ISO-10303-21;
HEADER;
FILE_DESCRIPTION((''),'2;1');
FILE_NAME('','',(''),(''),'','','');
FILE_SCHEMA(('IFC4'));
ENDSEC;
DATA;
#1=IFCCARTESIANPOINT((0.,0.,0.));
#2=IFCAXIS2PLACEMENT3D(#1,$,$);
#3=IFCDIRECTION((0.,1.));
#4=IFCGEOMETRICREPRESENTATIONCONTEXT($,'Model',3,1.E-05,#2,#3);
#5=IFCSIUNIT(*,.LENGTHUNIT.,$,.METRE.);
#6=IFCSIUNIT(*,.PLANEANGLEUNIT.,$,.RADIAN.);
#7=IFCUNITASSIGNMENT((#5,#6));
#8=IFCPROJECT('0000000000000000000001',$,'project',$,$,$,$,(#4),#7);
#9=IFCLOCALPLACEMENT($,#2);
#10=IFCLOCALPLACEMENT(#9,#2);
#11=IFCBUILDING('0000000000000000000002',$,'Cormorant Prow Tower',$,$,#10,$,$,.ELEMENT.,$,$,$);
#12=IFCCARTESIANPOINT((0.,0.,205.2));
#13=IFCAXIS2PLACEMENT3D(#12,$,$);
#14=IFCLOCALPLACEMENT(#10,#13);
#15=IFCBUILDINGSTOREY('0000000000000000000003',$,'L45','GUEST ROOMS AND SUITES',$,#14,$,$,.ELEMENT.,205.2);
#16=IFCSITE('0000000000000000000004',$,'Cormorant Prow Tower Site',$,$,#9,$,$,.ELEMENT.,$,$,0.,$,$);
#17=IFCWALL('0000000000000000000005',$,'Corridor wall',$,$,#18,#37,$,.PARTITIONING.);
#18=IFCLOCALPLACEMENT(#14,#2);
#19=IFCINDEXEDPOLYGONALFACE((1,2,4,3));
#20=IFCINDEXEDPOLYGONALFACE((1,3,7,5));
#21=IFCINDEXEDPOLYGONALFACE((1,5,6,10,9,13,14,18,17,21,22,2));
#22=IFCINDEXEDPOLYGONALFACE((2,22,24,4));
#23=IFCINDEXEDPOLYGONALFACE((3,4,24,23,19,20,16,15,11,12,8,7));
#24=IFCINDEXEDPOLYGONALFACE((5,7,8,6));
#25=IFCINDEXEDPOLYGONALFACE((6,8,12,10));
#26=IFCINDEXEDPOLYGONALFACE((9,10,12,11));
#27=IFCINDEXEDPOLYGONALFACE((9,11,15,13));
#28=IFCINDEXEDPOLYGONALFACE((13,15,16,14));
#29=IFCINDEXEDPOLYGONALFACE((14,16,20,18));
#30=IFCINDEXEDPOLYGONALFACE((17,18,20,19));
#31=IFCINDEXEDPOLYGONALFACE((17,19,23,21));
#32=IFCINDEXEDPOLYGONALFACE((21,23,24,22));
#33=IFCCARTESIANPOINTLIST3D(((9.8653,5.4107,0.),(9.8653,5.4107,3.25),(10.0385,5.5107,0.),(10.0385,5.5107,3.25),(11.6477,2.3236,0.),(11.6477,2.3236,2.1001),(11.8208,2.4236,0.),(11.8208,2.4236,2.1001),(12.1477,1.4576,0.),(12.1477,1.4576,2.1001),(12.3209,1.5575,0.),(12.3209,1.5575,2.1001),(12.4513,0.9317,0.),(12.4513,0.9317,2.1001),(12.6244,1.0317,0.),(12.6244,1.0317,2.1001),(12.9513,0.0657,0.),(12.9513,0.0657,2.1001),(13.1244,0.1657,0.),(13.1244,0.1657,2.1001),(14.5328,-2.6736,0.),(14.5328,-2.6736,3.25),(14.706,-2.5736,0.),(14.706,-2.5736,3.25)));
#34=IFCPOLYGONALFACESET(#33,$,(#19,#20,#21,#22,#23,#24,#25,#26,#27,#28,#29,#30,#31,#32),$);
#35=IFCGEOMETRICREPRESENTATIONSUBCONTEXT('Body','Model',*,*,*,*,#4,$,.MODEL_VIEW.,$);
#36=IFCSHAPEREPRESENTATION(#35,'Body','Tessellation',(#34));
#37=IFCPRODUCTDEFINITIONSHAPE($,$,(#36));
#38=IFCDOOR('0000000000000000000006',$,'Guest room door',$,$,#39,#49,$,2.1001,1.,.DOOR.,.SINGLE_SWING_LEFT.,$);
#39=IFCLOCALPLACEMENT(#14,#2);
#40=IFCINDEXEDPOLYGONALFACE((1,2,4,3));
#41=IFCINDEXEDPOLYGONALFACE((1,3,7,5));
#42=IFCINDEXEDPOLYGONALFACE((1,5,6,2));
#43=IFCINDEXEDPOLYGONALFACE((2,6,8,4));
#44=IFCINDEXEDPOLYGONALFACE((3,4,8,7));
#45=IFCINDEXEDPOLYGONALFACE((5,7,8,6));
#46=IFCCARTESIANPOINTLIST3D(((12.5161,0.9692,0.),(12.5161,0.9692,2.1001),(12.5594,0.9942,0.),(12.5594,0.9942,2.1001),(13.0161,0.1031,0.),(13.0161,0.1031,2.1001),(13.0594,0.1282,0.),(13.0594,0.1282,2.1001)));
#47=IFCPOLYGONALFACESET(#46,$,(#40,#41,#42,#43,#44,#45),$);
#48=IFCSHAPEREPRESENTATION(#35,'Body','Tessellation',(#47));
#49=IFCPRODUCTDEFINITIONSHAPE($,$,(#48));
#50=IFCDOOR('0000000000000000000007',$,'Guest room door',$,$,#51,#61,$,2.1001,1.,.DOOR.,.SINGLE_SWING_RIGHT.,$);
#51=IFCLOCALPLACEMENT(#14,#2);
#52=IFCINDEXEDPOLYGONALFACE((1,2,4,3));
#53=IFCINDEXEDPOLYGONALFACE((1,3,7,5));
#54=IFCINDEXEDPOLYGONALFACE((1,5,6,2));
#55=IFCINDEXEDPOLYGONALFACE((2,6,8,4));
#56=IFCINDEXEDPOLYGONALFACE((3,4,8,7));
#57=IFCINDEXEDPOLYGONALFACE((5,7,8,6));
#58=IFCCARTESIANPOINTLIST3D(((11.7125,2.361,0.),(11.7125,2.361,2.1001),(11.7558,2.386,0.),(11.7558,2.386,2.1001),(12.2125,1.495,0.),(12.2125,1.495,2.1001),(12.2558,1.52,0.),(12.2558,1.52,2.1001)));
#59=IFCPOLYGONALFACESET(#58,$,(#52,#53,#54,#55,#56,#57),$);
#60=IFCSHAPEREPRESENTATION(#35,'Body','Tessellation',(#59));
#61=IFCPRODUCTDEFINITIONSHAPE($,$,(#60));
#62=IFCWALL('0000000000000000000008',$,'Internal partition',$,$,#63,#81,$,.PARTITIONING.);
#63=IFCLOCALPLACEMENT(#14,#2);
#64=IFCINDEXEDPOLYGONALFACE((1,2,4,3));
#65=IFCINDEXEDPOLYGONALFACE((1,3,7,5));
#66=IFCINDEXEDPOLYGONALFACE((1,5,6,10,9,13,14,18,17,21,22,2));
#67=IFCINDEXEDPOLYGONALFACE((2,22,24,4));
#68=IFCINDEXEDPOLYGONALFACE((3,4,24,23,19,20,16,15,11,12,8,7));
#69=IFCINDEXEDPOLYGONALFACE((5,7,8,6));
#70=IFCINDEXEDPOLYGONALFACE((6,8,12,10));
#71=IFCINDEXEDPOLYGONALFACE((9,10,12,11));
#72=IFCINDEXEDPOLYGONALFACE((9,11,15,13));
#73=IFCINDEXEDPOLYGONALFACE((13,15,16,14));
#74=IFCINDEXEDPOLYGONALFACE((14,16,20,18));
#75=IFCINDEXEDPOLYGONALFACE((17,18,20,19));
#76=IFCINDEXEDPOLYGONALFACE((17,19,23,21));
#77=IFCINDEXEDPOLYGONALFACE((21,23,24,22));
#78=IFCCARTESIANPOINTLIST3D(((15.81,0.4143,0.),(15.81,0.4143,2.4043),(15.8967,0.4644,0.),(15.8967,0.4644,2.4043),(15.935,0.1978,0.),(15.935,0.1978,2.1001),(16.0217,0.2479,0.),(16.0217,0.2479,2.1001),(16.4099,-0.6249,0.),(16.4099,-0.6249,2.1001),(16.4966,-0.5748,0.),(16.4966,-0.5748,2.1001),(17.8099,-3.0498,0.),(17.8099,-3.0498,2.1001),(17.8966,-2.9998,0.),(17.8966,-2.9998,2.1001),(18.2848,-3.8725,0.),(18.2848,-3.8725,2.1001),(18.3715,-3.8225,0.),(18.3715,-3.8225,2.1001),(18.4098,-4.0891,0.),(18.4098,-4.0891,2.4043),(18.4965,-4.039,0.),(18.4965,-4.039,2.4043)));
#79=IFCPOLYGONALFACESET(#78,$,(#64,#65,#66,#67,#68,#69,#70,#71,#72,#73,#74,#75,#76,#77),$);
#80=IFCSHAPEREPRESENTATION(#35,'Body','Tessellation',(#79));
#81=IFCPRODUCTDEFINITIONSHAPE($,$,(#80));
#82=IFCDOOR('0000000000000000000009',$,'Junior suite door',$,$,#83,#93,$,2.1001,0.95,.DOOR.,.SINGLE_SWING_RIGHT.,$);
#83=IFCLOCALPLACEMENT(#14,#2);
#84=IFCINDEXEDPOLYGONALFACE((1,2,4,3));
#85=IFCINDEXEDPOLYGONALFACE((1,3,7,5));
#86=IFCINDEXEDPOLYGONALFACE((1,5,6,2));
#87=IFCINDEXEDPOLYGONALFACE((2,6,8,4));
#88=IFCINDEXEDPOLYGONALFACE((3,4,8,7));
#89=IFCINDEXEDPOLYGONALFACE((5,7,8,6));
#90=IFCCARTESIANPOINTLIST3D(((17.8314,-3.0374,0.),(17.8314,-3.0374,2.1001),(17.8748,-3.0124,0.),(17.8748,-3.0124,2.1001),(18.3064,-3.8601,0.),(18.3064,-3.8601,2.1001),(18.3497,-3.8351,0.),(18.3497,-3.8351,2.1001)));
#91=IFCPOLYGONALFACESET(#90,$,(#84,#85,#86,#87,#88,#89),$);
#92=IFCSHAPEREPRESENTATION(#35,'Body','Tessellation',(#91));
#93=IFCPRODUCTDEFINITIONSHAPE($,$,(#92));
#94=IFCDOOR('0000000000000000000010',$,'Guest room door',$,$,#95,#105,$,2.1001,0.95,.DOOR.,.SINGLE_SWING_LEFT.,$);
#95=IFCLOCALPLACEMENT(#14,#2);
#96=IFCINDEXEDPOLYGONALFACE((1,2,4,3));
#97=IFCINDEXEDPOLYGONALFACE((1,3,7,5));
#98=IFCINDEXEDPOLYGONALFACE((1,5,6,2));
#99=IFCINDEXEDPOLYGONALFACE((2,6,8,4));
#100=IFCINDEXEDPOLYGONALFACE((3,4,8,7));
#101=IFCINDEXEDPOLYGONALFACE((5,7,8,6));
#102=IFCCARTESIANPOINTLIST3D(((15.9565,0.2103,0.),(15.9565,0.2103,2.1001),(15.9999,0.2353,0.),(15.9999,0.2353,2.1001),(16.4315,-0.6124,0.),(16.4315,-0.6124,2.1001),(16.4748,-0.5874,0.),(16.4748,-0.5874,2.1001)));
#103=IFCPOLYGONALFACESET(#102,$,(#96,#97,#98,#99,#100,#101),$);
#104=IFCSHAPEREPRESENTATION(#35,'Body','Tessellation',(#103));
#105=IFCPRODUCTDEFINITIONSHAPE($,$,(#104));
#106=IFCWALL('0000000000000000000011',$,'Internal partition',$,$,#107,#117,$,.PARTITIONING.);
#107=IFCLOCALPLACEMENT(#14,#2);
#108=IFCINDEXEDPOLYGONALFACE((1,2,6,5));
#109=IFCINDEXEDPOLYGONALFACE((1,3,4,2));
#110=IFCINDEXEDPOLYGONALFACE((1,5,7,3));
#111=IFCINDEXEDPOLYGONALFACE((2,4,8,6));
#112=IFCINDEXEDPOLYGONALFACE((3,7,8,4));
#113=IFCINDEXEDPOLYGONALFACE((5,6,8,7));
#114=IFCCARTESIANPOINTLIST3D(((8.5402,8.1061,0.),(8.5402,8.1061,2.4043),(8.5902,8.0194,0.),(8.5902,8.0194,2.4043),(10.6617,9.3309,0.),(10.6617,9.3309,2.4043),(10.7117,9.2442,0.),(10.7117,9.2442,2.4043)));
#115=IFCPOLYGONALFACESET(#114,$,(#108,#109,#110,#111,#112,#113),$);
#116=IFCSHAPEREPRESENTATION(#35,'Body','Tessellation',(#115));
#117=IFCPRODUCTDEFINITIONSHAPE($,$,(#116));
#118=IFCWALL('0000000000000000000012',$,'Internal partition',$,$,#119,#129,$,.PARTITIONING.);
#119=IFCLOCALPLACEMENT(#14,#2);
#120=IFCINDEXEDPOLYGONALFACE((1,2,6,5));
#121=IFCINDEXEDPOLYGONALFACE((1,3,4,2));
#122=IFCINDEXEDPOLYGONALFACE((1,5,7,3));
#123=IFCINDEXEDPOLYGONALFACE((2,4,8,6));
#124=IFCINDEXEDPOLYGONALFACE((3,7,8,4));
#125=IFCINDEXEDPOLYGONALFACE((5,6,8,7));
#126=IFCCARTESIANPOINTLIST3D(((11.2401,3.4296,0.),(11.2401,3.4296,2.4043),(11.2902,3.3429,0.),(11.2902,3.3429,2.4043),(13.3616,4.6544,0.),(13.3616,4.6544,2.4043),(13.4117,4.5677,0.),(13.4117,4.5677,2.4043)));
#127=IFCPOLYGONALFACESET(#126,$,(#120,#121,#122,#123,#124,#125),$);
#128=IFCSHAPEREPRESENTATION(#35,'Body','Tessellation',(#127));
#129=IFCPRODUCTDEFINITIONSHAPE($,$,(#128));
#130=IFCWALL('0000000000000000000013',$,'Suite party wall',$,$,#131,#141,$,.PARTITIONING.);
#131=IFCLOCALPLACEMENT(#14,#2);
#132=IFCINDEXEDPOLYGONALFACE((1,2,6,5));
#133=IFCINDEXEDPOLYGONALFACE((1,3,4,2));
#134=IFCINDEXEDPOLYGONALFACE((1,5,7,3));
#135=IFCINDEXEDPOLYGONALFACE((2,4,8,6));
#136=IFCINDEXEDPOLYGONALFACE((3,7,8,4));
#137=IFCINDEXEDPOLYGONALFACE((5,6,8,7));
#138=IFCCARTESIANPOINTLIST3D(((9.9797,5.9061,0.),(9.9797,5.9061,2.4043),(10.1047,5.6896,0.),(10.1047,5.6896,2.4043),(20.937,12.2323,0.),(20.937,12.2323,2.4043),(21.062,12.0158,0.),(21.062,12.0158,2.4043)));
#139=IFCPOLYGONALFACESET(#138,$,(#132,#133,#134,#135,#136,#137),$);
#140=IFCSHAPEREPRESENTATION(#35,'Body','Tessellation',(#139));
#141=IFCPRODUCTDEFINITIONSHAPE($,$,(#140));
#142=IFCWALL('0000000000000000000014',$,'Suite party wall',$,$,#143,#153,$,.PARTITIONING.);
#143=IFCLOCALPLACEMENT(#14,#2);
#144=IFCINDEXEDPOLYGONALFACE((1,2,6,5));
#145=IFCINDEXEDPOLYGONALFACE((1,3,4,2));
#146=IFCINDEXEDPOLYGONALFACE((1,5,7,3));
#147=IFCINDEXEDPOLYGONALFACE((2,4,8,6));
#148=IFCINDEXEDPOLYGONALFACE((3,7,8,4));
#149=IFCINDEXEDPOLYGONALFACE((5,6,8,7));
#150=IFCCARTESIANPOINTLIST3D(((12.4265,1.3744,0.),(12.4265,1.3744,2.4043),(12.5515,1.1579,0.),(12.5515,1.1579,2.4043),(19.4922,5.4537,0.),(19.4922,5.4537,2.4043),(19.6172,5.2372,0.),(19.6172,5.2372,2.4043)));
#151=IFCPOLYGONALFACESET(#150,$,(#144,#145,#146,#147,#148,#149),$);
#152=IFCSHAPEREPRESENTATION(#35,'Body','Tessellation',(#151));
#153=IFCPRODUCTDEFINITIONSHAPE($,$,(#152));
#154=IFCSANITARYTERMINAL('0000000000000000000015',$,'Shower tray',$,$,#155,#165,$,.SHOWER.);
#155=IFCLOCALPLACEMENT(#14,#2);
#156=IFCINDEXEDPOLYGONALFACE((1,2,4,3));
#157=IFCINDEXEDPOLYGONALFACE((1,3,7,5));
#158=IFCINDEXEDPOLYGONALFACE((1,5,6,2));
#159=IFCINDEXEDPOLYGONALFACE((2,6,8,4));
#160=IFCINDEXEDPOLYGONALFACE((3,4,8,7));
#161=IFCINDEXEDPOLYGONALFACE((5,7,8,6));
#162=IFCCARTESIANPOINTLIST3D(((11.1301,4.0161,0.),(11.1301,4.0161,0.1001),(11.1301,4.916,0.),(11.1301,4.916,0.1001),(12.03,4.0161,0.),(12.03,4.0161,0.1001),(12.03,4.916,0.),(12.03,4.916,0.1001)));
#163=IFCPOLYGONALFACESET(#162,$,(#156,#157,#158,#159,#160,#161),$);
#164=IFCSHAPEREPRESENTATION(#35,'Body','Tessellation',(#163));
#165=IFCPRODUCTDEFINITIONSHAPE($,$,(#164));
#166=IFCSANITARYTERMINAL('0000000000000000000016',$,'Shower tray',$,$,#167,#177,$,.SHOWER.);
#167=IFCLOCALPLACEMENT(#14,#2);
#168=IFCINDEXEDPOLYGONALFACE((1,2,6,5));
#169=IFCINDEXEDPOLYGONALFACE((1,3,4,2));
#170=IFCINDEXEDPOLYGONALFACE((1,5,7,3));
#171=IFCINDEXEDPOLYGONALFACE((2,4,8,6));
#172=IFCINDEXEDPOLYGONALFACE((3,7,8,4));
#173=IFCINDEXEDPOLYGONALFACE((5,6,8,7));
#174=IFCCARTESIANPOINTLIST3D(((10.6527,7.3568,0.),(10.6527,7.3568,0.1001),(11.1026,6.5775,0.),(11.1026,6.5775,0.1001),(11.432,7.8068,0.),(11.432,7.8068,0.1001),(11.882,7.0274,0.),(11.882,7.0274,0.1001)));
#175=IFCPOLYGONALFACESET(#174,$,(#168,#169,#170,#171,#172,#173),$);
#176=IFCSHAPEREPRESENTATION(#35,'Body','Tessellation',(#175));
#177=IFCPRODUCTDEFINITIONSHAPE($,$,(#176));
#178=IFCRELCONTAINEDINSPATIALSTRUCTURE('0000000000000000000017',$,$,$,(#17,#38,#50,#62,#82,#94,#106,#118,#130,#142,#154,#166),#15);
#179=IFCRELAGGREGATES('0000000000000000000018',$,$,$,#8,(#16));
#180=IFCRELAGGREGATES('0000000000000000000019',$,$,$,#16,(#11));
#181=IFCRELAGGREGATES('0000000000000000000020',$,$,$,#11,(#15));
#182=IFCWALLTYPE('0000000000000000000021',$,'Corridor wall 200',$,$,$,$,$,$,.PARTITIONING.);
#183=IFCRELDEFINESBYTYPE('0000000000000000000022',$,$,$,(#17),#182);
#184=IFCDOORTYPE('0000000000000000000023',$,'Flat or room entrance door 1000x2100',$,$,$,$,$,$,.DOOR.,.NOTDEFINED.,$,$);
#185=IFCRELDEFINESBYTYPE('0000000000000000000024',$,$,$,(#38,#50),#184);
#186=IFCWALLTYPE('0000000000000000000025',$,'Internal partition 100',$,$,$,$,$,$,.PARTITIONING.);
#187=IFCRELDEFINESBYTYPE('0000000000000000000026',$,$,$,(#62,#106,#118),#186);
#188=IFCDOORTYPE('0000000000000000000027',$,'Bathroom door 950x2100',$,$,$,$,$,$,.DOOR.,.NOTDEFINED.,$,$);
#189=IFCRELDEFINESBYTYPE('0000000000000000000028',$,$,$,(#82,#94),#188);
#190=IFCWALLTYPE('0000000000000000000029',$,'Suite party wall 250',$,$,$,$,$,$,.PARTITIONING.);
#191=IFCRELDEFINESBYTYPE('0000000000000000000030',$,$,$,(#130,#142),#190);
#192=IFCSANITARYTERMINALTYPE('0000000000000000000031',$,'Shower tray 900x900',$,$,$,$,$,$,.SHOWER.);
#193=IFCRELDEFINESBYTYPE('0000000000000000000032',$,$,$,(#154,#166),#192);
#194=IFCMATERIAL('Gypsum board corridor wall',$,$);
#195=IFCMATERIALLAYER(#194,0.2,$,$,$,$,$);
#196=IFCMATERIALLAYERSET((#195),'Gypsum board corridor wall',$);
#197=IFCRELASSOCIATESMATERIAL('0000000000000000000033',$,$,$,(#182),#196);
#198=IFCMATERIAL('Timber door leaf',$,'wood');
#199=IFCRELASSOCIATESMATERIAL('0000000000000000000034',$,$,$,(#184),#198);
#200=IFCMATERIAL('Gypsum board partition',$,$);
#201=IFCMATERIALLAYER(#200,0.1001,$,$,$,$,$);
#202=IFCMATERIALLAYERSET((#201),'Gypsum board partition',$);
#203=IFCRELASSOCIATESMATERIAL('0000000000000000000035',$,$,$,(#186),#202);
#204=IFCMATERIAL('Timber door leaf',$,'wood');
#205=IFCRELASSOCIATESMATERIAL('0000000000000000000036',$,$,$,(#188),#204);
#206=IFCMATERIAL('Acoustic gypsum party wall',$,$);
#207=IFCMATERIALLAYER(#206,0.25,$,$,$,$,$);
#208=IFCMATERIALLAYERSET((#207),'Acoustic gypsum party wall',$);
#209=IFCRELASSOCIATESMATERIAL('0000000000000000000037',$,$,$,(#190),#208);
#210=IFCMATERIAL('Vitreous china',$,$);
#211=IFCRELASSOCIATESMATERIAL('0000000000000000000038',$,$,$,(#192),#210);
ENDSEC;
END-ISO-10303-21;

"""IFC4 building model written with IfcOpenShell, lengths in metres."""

from ifc_helpers import new_model, si_unit, direction, frame, frame_2d, origin, origin_2d, place, context, subcontext, project, spatial, rectangle, extrude, material, layer, layer_set, type_object, element, fill, save


model = new_model("IFC4")

# Units and contexts
model_context = context("Model", 3, precision=1e-05, world=origin(), true_north=direction((0.0, 1.0)))
body_context = subcontext(model_context, "Body", "Model", "MODEL_VIEW")
ifc_project = project(units=[si_unit("LENGTHUNIT", "METRE"), si_unit("PLANEANGLEUNIT", "RADIAN")], contexts=[model_context])

# Site, building, storey
site_placement = place(None, origin())
site = spatial("IfcSite", under=ifc_project, at=site_placement, Name="Cormorant Prow Tower Site", CompositionType="ELEMENT", RefElevation=0.0)
building_placement = place(site_placement, origin())
building = spatial("IfcBuilding", under=site, at=building_placement, Name="Cormorant Prow Tower", CompositionType="ELEMENT")
storey_placement = place(building_placement, frame((0.0, 0.0, 205.2)))
storey = spatial("IfcBuildingStorey", under=building, at=storey_placement, Name="L45", Description="GUEST ROOMS AND SUITES", CompositionType="ELEMENT", Elevation=205.2)

# Walls, openings, doors
ifc_material_1 = material(Name="Gypsum board corridor wall")
ifc_layer_1 = layer(ifc_material_1, 0.2)
ifc_layer_set_1 = layer_set([ifc_layer_1], Name="Gypsum board corridor wall")
wall_type_1 = type_object("IfcWallType", Name="Corridor wall 200", PredefinedType="PARTITIONING", material=ifc_layer_set_1)
wall_1_placement = place(storey_placement, frame((9.9519, 5.4607, 0.0), z_axis=(0.0, 0.0, 1.0), x_axis=(0.500004, -0.866023, 0.0)))
wall_1 = element("IfcWall", 1, at=wall_1_placement, inside=storey, type_object=wall_type_1, Name="Corridor wall", PredefinedType="PARTITIONING", context=body_context, shape_type="SweptSolid", body=[
    extrude(rectangle(XDim=9.335, YDim=0.2, at=frame_2d((4.6675, 0.0))), origin(), (0.0, 0.0, 1.0), 3.25),
])
opening_1_placement = place(wall_1_placement, frame((5.1719, 0.0, 0.0)))
opening_1 = element("IfcOpeningElement", 2, at=opening_1_placement, cuts=wall_1, PredefinedType="OPENING", context=body_context, shape_type="SweptSolid", body=[
    extrude(rectangle(XDim=1.0, YDim=2.1001, at=frame_2d((0.5, 1.05))), frame((0.0, 0.1099, 0.0), z_axis=(0.0, -1.0, 0.0), x_axis=(1.0, 0.0, 0.0)), (0.0, 0.0, 1.0), 0.22),
])
opening_2_placement = place(wall_1_placement, frame((3.5647, 0.0, 0.0)))
opening_2 = element("IfcOpeningElement", 3, at=opening_2_placement, cuts=wall_1, PredefinedType="OPENING", context=body_context, shape_type="SweptSolid", body=[
    extrude(rectangle(XDim=1.0, YDim=2.1001, at=frame_2d((0.5, 1.05))), frame((0.0, 0.1099, 0.0), z_axis=(0.0, -1.0, 0.0), x_axis=(1.0, 0.0, 0.0)), (0.0, 0.0, 1.0), 0.22),
])
ifc_material_2 = material(Name="Timber door leaf", Category="wood")
door_type_1 = type_object("IfcDoorType", Name="Flat or room entrance door 1000x2100", OperationType="NOTDEFINED", PredefinedType="DOOR", material=ifc_material_2)
door_1_placement = place(opening_1_placement, origin())
door_1 = element("IfcDoor", 4, at=door_1_placement, inside=storey, type_object=door_type_1, Name="Guest room door", OperationType="SINGLE_SWING_LEFT", OverallHeight=2.1001, OverallWidth=1.0, PredefinedType="DOOR", context=body_context, shape_type="SweptSolid", body=[
    extrude(rectangle(XDim=1.0, YDim=2.1001, at=frame_2d((0.5, 1.05))), frame((0.0, 0.0249, 0.0), z_axis=(0.0, -1.0, 0.0), x_axis=(1.0, 0.0, 0.0)), (0.0, 0.0, 1.0), 0.05),
])
fill(opening_1, door_1)
door_2_placement = place(opening_2_placement, origin())
door_2 = element("IfcDoor", 5, at=door_2_placement, inside=storey, type_object=door_type_1, Name="Guest room door", OperationType="SINGLE_SWING_RIGHT", OverallHeight=2.1001, OverallWidth=1.0, PredefinedType="DOOR", context=body_context, shape_type="SweptSolid", body=[
    extrude(rectangle(XDim=1.0, YDim=2.1001, at=frame_2d((0.5, 1.05))), frame((0.0, 0.0249, 0.0), z_axis=(0.0, -1.0, 0.0), x_axis=(1.0, 0.0, 0.0)), (0.0, 0.0, 1.0), 0.05),
])
fill(opening_2, door_2)
ifc_material_3 = material(Name="Gypsum board partition")
ifc_layer_2 = layer(ifc_material_3, 0.1001)
ifc_layer_set_2 = layer_set([ifc_layer_2], Name="Gypsum board partition")
wall_type_2 = type_object("IfcWallType", Name="Internal partition 100", PredefinedType="PARTITIONING", material=ifc_layer_set_2)
wall_2_placement = place(storey_placement, frame((15.8533, 0.4395, 0.0), z_axis=(0.0, 0.0, 1.0), x_axis=(0.499972, -0.866042, 0.0)))
wall_2 = element("IfcWall", 6, at=wall_2_placement, inside=storey, type_object=wall_type_2, Name="Internal partition", PredefinedType="PARTITIONING", context=body_context, shape_type="SweptSolid", body=[
    extrude(rectangle(XDim=5.2, YDim=0.1001, at=frame_2d((2.6001, 0.0))), origin(), (0.0, 0.0, 1.0), 2.4043),
])
opening_3_placement = place(wall_2_placement, frame((4.0, 0.0, 0.0)))
opening_3 = element("IfcOpeningElement", 7, at=opening_3_placement, cuts=wall_2, PredefinedType="OPENING", context=body_context, shape_type="SweptSolid", body=[
    extrude(rectangle(XDim=0.95, YDim=2.1001, at=frame_2d((0.4751, 1.05))), frame((0.0, 0.0601, 0.0), z_axis=(0.0, -1.0, 0.0), x_axis=(1.0, 0.0, 0.0)), (0.0, 0.0, 1.0), 0.1201),
])
opening_4_placement = place(wall_2_placement, frame((0.25, 0.0, 0.0)))
opening_4 = element("IfcOpeningElement", 8, at=opening_4_placement, cuts=wall_2, PredefinedType="OPENING", context=body_context, shape_type="SweptSolid", body=[
    extrude(rectangle(XDim=0.95, YDim=2.1001, at=frame_2d((0.4751, 1.05))), frame((0.0, 0.0601, 0.0), z_axis=(0.0, -1.0, 0.0), x_axis=(1.0, 0.0, 0.0)), (0.0, 0.0, 1.0), 0.1201),
])
ifc_material_4 = material(Name="Timber door leaf", Category="wood")
door_type_2 = type_object("IfcDoorType", Name="Bathroom door 950x2100", OperationType="NOTDEFINED", PredefinedType="DOOR", material=ifc_material_4)
door_3_placement = place(opening_3_placement, origin())
door_3 = element("IfcDoor", 9, at=door_3_placement, inside=storey, type_object=door_type_2, Name="Junior suite door", OperationType="SINGLE_SWING_RIGHT", OverallHeight=2.1001, OverallWidth=0.95, PredefinedType="DOOR", context=body_context, shape_type="SweptSolid", body=[
    extrude(rectangle(XDim=0.95, YDim=2.1001, at=frame_2d((0.4751, 1.05))), frame((0.0, 0.0249, 0.0), z_axis=(0.0, -1.0, 0.0), x_axis=(1.0, 0.0, 0.0)), (0.0, 0.0, 1.0), 0.05),
])
fill(opening_3, door_3)
door_4_placement = place(opening_4_placement, origin())
door_4 = element("IfcDoor", 10, at=door_4_placement, inside=storey, type_object=door_type_2, Name="Guest room door", OperationType="SINGLE_SWING_LEFT", OverallHeight=2.1001, OverallWidth=0.95, PredefinedType="DOOR", context=body_context, shape_type="SweptSolid", body=[
    extrude(rectangle(XDim=0.95, YDim=2.1001, at=frame_2d((0.4751, 1.05))), frame((0.0, 0.0249, 0.0), z_axis=(0.0, -1.0, 0.0), x_axis=(1.0, 0.0, 0.0)), (0.0, 0.0, 1.0), 0.05),
])
fill(opening_4, door_4)

# Walls
for number, where, z_axis, x_axis, name in (
    (11, (8.5652, 8.0627, 0.0), (0.0, 0.0, 1.0), (0.866033, 0.499987, 0.0), "Internal partition"),
    (12, (11.2651, 3.3862, 0.0), (0.0, 0.0, 1.0), (0.866033, 0.499987, 0.0), "Internal partition"),
):
    element("IfcWall", number, at=place(storey_placement, frame(where, z_axis=z_axis, x_axis=x_axis)), inside=storey, type_object=wall_type_2, Name=name, PredefinedType="PARTITIONING", context=body_context, shape_type="SweptSolid", body=[
        extrude(rectangle(XDim=2.4497, YDim=0.1001, at=frame_2d((1.2249, 0.0))), origin(), (0.0, 0.0, 1.0), 2.4043),
    ])
ifc_material_5 = material(Name="Acoustic gypsum party wall")
ifc_layer_3 = layer(ifc_material_5, 0.25)
ifc_layer_set_3 = layer_set([ifc_layer_3], Name="Acoustic gypsum party wall")
wall_type_3 = type_object("IfcWallType", Name="Suite party wall 250", PredefinedType="PARTITIONING", material=ifc_layer_set_3)
wall_3_placement = place(storey_placement, frame((10.0422, 5.7979, 0.0), z_axis=(0.0, 0.0, 1.0), x_axis=(0.866026, 0.499999, 0.0)))
element("IfcWall", 13, at=wall_3_placement, inside=storey, type_object=wall_type_3, Name="Suite party wall", PredefinedType="PARTITIONING", context=body_context, shape_type="SweptSolid", body=[
    extrude(rectangle(XDim=12.6523, YDim=0.25, at=frame_2d((6.3262, 0.0))), origin(), (0.0, 0.0, 1.0), 2.4043),
])
wall_4_placement = place(storey_placement, frame((12.489, 1.2661, 0.0), z_axis=(0.0, 0.0, 1.0), x_axis=(0.866027, 0.499998, 0.0)))
element("IfcWall", 14, at=wall_4_placement, inside=storey, type_object=wall_type_3, Name="Suite party wall", PredefinedType="PARTITIONING", context=body_context, shape_type="SweptSolid", body=[
    extrude(rectangle(XDim=8.1587, YDim=0.25, at=frame_2d((4.0793, 0.0))), origin(), (0.0, 0.0, 1.0), 2.4043),
])

# Sanitary terminals
ifc_material_6 = material(Name="Vitreous china")
sanitary_terminal_type_1 = type_object("IfcSanitaryTerminalType", Name="Shower tray 900x900", PredefinedType="SHOWER", material=ifc_material_6)
for number, where, z_axis, x_axis, name in (
    (15, (11.5801, 4.4661, 0.0), (0.0, 0.0, 1.0), (1.0, 0.0, 0.0), "Shower tray"),
    (16, (11.2673, 7.1921, 0.0), (0.0, 0.0, 1.0), (-0.866025, -0.5, 0.0), "Shower tray"),
):
    element("IfcSanitaryTerminal", number, at=place(storey_placement, frame(where, z_axis=z_axis, x_axis=x_axis)), inside=storey, type_object=sanitary_terminal_type_1, Name=name, PredefinedType="SHOWER", context=body_context, shape_type="SweptSolid", body=[
        extrude(rectangle(XDim=0.8999, YDim=0.8999, at=origin_2d()), origin(), (0.0, 0.0, 1.0), 0.1001),
    ])

save(model, "model.ifc")
